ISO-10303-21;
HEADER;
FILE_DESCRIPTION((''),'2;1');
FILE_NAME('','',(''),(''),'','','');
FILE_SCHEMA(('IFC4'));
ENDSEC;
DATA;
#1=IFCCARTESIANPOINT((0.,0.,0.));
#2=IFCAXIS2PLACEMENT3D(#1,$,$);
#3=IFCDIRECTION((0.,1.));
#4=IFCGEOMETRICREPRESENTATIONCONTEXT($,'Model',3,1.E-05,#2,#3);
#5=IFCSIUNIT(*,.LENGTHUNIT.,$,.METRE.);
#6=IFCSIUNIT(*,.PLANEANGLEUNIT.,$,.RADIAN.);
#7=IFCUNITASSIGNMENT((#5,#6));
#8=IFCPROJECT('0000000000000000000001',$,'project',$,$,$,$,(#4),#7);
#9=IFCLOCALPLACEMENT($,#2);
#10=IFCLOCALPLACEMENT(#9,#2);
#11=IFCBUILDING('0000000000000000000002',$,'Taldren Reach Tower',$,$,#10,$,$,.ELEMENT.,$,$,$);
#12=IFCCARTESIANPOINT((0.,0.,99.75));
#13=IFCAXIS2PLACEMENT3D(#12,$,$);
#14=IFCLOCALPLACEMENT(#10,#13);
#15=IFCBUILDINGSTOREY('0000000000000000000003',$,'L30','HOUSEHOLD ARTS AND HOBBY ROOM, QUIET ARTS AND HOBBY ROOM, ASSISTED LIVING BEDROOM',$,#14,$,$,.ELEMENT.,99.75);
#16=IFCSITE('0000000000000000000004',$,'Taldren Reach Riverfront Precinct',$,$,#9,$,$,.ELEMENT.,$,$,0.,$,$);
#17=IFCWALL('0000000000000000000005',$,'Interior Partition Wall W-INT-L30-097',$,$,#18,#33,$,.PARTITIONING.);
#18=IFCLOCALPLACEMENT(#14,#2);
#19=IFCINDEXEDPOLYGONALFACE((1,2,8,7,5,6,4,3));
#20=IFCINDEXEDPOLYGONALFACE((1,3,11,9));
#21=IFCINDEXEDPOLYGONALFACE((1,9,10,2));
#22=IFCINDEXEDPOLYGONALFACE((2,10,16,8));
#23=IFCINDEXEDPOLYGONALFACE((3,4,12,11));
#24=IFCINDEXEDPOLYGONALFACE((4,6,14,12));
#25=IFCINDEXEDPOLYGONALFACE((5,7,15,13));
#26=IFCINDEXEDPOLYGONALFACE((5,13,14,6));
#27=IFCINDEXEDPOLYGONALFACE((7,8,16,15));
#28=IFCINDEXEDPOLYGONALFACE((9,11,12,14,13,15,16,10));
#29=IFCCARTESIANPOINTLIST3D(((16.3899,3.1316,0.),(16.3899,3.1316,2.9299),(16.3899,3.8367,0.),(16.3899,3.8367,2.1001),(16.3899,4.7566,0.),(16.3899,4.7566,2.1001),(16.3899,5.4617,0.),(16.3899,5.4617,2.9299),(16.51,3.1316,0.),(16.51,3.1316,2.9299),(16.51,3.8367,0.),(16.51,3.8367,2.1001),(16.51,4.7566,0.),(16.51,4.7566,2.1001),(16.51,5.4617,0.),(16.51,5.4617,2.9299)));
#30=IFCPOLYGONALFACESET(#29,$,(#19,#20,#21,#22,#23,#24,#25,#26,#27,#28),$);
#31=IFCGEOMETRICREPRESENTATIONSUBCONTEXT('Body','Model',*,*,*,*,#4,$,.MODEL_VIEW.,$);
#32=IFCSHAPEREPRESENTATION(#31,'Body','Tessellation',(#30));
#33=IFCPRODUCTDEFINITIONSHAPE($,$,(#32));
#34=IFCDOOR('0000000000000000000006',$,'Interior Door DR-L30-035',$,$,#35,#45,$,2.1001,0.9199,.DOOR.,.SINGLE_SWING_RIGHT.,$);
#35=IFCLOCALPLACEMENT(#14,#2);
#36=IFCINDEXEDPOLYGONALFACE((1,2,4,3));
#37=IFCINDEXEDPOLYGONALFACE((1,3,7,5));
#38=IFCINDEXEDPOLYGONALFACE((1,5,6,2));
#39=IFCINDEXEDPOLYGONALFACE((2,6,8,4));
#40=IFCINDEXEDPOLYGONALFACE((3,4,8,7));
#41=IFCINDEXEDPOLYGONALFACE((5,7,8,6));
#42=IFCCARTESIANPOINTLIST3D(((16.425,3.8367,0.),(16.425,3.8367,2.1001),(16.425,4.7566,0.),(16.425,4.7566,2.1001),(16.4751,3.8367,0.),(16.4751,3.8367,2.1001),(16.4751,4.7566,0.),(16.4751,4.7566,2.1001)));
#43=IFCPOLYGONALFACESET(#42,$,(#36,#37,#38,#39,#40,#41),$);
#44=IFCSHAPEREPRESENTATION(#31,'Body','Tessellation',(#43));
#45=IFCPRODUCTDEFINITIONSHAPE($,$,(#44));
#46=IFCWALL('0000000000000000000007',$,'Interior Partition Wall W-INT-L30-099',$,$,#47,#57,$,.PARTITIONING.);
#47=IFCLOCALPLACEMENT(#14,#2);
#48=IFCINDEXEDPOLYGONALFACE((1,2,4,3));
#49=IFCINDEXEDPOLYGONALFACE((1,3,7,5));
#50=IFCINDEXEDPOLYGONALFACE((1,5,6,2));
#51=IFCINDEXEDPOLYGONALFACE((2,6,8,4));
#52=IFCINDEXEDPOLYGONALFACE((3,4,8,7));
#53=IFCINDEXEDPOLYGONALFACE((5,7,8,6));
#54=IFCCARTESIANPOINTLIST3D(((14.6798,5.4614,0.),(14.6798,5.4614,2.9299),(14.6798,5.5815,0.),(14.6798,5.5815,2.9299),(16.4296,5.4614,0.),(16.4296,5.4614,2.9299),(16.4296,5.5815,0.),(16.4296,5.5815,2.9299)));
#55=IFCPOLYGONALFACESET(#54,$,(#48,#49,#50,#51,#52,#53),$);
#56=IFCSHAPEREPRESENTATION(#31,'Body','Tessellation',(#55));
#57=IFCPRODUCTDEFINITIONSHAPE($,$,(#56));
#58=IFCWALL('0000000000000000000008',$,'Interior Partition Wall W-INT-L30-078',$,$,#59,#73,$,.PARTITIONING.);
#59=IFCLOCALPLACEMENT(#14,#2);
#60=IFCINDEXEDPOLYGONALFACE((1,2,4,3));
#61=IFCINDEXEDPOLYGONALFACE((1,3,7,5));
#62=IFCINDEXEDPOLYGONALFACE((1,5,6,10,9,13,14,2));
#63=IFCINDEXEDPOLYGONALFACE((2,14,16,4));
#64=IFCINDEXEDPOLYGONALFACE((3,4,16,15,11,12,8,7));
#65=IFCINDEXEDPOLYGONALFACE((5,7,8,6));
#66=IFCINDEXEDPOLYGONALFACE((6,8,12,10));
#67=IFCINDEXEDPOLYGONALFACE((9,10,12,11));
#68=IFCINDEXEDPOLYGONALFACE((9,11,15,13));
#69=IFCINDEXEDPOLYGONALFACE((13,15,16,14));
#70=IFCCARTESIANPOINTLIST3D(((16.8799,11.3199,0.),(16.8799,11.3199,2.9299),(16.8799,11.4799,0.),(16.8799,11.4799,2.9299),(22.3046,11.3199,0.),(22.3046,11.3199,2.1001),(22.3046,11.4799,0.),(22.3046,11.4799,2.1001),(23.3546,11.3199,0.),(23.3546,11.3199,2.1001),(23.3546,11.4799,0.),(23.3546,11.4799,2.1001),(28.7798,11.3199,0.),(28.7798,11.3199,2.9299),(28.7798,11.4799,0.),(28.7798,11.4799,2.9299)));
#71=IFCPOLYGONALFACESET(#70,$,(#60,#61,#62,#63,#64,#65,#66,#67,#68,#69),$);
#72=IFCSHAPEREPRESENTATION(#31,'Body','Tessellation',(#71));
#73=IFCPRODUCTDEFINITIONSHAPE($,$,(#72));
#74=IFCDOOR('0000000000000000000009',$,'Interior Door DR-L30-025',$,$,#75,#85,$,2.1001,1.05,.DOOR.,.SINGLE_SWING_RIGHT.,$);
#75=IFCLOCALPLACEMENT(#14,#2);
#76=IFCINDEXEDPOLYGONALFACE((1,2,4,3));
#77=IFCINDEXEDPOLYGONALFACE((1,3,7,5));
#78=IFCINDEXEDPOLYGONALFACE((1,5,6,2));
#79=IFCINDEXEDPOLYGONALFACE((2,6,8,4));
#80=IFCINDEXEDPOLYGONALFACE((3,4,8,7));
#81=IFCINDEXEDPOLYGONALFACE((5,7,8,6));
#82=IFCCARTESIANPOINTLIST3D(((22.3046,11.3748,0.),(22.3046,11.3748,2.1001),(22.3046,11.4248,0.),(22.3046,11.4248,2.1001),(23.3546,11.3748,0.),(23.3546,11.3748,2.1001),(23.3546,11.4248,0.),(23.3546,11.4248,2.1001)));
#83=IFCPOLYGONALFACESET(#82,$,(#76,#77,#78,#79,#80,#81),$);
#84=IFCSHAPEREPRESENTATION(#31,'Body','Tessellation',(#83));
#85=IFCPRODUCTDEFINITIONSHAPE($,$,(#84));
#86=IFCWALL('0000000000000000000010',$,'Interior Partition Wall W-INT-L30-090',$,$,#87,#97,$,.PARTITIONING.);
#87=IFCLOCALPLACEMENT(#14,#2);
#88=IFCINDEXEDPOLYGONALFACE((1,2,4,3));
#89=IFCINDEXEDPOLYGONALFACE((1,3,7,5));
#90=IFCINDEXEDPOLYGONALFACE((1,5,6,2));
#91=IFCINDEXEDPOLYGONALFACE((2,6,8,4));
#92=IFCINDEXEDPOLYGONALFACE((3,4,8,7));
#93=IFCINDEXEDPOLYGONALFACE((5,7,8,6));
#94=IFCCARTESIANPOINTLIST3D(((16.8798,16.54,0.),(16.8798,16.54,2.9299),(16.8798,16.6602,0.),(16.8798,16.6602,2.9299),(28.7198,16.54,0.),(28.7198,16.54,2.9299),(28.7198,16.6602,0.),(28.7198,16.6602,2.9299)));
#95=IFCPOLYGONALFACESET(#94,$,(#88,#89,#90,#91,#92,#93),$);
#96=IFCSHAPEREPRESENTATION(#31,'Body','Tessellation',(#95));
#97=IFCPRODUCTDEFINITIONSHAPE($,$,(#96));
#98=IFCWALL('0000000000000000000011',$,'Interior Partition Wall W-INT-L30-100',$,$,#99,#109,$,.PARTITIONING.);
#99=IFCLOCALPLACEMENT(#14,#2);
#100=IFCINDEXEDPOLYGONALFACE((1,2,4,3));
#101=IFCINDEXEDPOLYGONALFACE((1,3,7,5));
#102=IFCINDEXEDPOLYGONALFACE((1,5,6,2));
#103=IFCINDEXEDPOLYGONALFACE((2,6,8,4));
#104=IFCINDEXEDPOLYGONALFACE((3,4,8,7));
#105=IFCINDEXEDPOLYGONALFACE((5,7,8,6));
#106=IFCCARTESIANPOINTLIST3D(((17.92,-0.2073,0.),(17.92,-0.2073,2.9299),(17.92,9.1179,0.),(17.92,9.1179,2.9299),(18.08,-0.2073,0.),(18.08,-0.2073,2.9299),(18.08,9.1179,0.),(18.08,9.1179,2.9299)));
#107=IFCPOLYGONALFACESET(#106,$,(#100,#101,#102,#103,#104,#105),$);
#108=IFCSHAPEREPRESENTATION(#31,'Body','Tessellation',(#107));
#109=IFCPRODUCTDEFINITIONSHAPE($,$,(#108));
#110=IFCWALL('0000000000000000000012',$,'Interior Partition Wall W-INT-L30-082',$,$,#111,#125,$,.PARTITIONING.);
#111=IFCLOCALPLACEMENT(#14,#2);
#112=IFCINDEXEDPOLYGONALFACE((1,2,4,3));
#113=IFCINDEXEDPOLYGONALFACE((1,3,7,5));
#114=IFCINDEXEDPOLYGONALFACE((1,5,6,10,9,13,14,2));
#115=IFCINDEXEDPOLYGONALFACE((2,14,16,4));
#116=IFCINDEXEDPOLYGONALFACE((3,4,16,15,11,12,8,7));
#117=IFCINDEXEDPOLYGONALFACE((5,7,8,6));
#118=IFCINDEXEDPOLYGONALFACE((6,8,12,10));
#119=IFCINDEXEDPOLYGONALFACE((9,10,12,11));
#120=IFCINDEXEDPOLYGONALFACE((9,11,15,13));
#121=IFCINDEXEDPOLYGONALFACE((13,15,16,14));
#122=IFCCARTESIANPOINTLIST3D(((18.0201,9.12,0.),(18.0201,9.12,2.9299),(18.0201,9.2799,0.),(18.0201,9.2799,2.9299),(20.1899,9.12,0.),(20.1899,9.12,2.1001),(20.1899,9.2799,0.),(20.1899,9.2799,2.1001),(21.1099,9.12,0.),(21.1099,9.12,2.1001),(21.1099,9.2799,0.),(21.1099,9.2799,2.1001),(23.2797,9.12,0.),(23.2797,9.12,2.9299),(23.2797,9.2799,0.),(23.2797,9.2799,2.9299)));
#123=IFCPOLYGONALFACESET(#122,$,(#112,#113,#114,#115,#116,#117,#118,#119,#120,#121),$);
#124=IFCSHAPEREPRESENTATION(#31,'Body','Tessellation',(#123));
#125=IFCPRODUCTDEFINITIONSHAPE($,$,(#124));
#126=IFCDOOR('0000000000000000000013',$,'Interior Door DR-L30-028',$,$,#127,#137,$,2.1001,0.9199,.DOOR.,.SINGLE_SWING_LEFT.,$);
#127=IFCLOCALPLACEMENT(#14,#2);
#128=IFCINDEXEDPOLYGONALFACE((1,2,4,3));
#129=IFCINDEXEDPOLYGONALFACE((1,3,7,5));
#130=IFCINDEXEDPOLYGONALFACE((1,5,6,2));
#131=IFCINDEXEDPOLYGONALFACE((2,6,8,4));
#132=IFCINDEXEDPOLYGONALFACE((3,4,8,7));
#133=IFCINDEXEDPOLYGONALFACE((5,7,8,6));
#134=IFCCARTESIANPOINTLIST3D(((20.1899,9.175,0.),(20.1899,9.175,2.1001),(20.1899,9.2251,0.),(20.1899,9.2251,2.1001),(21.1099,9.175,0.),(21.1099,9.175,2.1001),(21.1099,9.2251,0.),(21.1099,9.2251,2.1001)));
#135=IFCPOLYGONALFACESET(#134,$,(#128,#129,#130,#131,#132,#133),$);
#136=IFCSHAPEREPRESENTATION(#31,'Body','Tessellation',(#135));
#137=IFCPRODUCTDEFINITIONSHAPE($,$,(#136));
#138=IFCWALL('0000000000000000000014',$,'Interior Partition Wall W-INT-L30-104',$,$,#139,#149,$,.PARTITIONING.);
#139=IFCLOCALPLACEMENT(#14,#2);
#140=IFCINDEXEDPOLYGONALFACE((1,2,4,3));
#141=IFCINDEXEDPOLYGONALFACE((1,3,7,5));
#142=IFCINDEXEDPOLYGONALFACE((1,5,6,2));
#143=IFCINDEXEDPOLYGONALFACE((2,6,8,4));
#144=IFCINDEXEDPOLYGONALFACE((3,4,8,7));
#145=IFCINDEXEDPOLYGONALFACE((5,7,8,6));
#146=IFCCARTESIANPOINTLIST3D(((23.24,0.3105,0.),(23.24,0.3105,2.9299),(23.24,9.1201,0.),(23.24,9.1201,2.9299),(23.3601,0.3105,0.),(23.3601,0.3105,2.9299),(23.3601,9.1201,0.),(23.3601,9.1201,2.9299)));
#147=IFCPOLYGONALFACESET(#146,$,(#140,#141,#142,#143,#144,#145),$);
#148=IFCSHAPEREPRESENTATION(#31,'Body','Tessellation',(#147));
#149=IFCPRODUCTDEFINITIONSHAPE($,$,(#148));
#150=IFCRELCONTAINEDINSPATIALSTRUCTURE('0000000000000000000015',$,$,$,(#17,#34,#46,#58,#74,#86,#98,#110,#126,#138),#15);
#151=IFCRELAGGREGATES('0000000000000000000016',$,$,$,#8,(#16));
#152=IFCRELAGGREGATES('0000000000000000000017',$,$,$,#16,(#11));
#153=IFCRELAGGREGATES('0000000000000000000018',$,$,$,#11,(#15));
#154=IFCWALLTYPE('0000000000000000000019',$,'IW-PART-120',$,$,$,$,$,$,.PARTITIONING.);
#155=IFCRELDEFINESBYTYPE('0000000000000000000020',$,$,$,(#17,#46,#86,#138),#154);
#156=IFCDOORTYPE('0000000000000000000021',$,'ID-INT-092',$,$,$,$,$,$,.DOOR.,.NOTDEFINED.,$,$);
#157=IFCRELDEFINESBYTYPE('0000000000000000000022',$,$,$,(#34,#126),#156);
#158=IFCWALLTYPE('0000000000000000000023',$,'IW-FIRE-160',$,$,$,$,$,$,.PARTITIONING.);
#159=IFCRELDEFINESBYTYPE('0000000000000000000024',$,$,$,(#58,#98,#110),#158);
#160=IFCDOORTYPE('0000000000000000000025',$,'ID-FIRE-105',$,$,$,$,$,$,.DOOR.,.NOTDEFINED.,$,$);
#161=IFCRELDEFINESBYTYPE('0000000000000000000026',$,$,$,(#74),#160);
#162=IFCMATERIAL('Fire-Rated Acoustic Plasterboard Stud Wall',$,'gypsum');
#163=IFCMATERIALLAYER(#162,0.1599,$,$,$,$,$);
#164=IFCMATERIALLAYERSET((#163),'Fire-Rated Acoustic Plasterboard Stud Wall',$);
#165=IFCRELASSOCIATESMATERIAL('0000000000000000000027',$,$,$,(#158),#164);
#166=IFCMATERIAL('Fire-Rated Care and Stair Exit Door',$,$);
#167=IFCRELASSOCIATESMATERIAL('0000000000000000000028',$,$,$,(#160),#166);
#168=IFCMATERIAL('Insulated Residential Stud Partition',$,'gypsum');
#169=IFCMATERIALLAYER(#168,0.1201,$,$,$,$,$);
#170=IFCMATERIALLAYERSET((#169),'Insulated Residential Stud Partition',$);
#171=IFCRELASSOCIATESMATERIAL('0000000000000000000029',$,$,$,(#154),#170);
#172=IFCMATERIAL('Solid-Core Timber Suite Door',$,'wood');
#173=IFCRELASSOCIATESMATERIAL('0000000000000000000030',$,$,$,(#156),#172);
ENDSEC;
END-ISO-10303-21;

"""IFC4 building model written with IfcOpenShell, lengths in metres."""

from ifc_helpers import new_model, si_unit, direction, frame, frame_2d, origin, place, context, subcontext, project, spatial, rectangle, extrude, source, transform, mapped, material, layer, layer_set, type_object, element, fill, save


model = new_model("IFC4")

# Units and contexts
model_context = context("Model", 3, precision=1e-05, world=origin(), true_north=direction((0.0, 1.0)))
body_context = subcontext(model_context, "Body", "Model", "MODEL_VIEW")
ifc_project = project(units=[si_unit("LENGTHUNIT", "METRE"), si_unit("PLANEANGLEUNIT", "RADIAN")], contexts=[model_context])

# Site, building, storey
site_placement = place(None, origin())
site = spatial("IfcSite", under=ifc_project, at=site_placement, Name="Taldren Reach Riverfront Precinct", CompositionType="ELEMENT", RefElevation=0.0)
building_placement = place(site_placement, origin())
building = spatial("IfcBuilding", under=site, at=building_placement, Name="Taldren Reach Tower", CompositionType="ELEMENT")
storey_placement = place(building_placement, frame((0.0, 0.0, 99.75)))
storey = spatial("IfcBuildingStorey", under=building, at=storey_placement, Name="L30", Description="HOUSEHOLD ARTS AND HOBBY ROOM, QUIET ARTS AND HOBBY ROOM, ASSISTED LIVING BEDROOM", CompositionType="ELEMENT", Elevation=99.75)

# Shared definitions
ifc_material_1 = material(Name="Fire-Rated Acoustic Plasterboard Stud Wall", Category="gypsum")
ifc_layer_1 = layer(ifc_material_1, 0.1599)
ifc_layer_set_1 = layer_set([ifc_layer_1], Name="Fire-Rated Acoustic Plasterboard Stud Wall")
wall_type_1 = type_object("IfcWallType", Name="IW-FIRE-160", PredefinedType="PARTITIONING", material=ifc_layer_set_1)
shared_shape_1 = source(origin(), body_context, "Body", "SweptSolid", [
    extrude(rectangle(XDim=1.05, YDim=2.1001, at=frame_2d((0.5249, 1.05))), frame((0.0, 0.0898, 0.0), z_axis=(0.0, -1.0, 0.0), x_axis=(1.0, 0.0, 0.0)), (0.0, 0.0, 1.0), 0.1799),
])
ifc_material_2 = material(Name="Fire-Rated Care and Stair Exit Door")
door_type_1 = type_object("IfcDoorType", Name="ID-FIRE-105", OperationType="NOTDEFINED", PredefinedType="DOOR", material=ifc_material_2)
shared_shape_2 = source(origin(), body_context, "Body", "SweptSolid", [
    extrude(rectangle(XDim=1.05, YDim=2.1001, at=frame_2d((0.5249, 1.05))), frame((0.0, 0.0249, 0.0), z_axis=(0.0, -1.0, 0.0), x_axis=(1.0, 0.0, 0.0)), (0.0, 0.0, 1.0), 0.05),
])

# Wall, opening, door
ifc_material_3 = material(Name="Insulated Residential Stud Partition", Category="gypsum")
ifc_layer_2 = layer(ifc_material_3, 0.1201)
ifc_layer_set_2 = layer_set([ifc_layer_2], Name="Insulated Residential Stud Partition")
wall_type_2 = type_object("IfcWallType", Name="IW-PART-120", PredefinedType="PARTITIONING", material=ifc_layer_set_2)
shared_shape_3 = source(origin(), body_context, "Body", "SweptSolid", [
    extrude(rectangle(XDim=2.3301, YDim=0.1201, at=frame_2d((1.165, 0.0))), origin(), (0.0, 0.0, 1.0), 2.9299),
])
wall_1_placement = place(storey_placement, frame((16.45, 3.1316, 0.0), z_axis=(0.0, 0.0, 1.0), x_axis=(0.0, 1.0, 0.0)))
wall_1 = element("IfcWall", 1, at=wall_1_placement, inside=storey, type_object=wall_type_2, Name="Interior Partition Wall W-INT-L30-097", PredefinedType="PARTITIONING", context=body_context, shape_type="MappedRepresentation", body=[
    mapped(shared_shape_3, transform((0.0, 0.0, 0.0), scale=1.0)),
])
shared_shape_4 = source(origin(), body_context, "Body", "SweptSolid", [
    extrude(rectangle(XDim=0.9199, YDim=2.1001, at=frame_2d((0.46, 1.05))), frame((0.0, 0.0701, 0.0), z_axis=(0.0, -1.0, 0.0), x_axis=(1.0, 0.0, 0.0)), (0.0, 0.0, 1.0), 0.1401),
])
opening_1_placement = place(wall_1_placement, frame((0.7051, 0.0, 0.0)))
opening_1 = element("IfcOpeningElement", 2, at=opening_1_placement, cuts=wall_1, PredefinedType="OPENING", context=body_context, shape_type="MappedRepresentation", body=[
    mapped(shared_shape_4, transform((0.0, 0.0, 0.0), scale=1.0)),
])
ifc_material_4 = material(Name="Solid-Core Timber Suite Door", Category="wood")
door_type_2 = type_object("IfcDoorType", Name="ID-INT-092", OperationType="NOTDEFINED", PredefinedType="DOOR", material=ifc_material_4)
shared_shape_5 = source(origin(), body_context, "Body", "SweptSolid", [
    extrude(rectangle(XDim=0.9199, YDim=2.1001, at=frame_2d((0.46, 1.05))), frame((0.0, 0.0249, 0.0), z_axis=(0.0, -1.0, 0.0), x_axis=(1.0, 0.0, 0.0)), (0.0, 0.0, 1.0), 0.05),
])
door_1_placement = place(opening_1_placement, origin())
door_1 = element("IfcDoor", 3, at=door_1_placement, inside=storey, type_object=door_type_2, Name="Interior Door DR-L30-035", OperationType="SINGLE_SWING_RIGHT", OverallHeight=2.1001, OverallWidth=0.9199, PredefinedType="DOOR", context=body_context, shape_type="MappedRepresentation", body=[
    mapped(shared_shape_5, transform((0.0, 0.0, 0.0), scale=1.0)),
])
fill(opening_1, door_1)

# Wall
shared_shape_6 = source(origin(), body_context, "Body", "SweptSolid", [
    extrude(rectangle(XDim=1.7498, YDim=0.1201, at=frame_2d((0.875, 0.0))), origin(), (0.0, 0.0, 1.0), 2.9299),
])
wall_2_placement = place(storey_placement, frame((16.4297, 5.5215, 0.0), z_axis=(0.0, 0.0, 1.0), x_axis=(-1.0, 0.0, 0.0)))
element("IfcWall", 4, at=wall_2_placement, inside=storey, type_object=wall_type_2, Name="Interior Partition Wall W-INT-L30-099", PredefinedType="PARTITIONING", context=body_context, shape_type="MappedRepresentation", body=[
    mapped(shared_shape_6, transform((0.0, 0.0, 0.0), scale=1.0)),
])

# Wall, opening, door
shared_shape_7 = source(origin(), body_context, "Body", "SweptSolid", [
    extrude(rectangle(XDim=11.8999, YDim=0.1599, at=frame_2d((5.95, 0.0))), origin(), (0.0, 0.0, 1.0), 2.9299),
])
wall_3_placement = place(storey_placement, frame((16.8799, 11.3999, 0.0), z_axis=(0.0, 0.0, 1.0), x_axis=(1.0, 0.0, 0.0)))
wall_3 = element("IfcWall", 5, at=wall_3_placement, inside=storey, type_object=wall_type_1, Name="Interior Partition Wall W-INT-L30-078", PredefinedType="PARTITIONING", context=body_context, shape_type="MappedRepresentation", body=[
    mapped(shared_shape_7, transform((0.0, 0.0, 0.0), scale=1.0)),
])
opening_2_placement = place(wall_3_placement, frame((5.4248, 0.0, 0.0)))
opening_2 = element("IfcOpeningElement", 6, at=opening_2_placement, cuts=wall_3, PredefinedType="OPENING", context=body_context, shape_type="MappedRepresentation", body=[
    mapped(shared_shape_1, transform((0.0, 0.0, 0.0), scale=1.0)),
])
door_2_placement = place(opening_2_placement, origin())
door_2 = element("IfcDoor", 7, at=door_2_placement, inside=storey, type_object=door_type_1, Name="Interior Door DR-L30-025", OperationType="SINGLE_SWING_RIGHT", OverallHeight=2.1001, OverallWidth=1.05, PredefinedType="DOOR", context=body_context, shape_type="MappedRepresentation", body=[
    mapped(shared_shape_2, transform((0.0, 0.0, 0.0), scale=1.0)),
])
fill(opening_2, door_2)

# Walls
shared_shape_8 = source(origin(), body_context, "Body", "SweptSolid", [
    extrude(rectangle(XDim=11.8401, YDim=0.1201, at=frame_2d((5.9199, 0.0))), origin(), (0.0, 0.0, 1.0), 2.9299),
])
wall_4_placement = place(storey_placement, frame((16.8799, 16.6001, 0.0), z_axis=(0.0, 0.0, 1.0), x_axis=(1.0, 0.0, 0.0)))
element("IfcWall", 8, at=wall_4_placement, inside=storey, type_object=wall_type_2, Name="Interior Partition Wall W-INT-L30-090", PredefinedType="PARTITIONING", context=body_context, shape_type="MappedRepresentation", body=[
    mapped(shared_shape_8, transform((0.0, 0.0, 0.0), scale=1.0)),
])
shared_shape_9 = source(origin(), body_context, "Body", "SweptSolid", [
    extrude(rectangle(XDim=9.3252, YDim=0.1599, at=frame_2d((4.6626, 0.0))), origin(), (0.0, 0.0, 1.0), 2.9299),
])
wall_5_placement = place(storey_placement, frame((18.0, 9.1179, 0.0), z_axis=(0.0, 0.0, 1.0), x_axis=(0.0, -1.0, 0.0)))
element("IfcWall", 9, at=wall_5_placement, inside=storey, type_object=wall_type_1, Name="Interior Partition Wall W-INT-L30-100", PredefinedType="PARTITIONING", context=body_context, shape_type="MappedRepresentation", body=[
    mapped(shared_shape_9, transform((0.0, 0.0, 0.0), scale=1.0)),
])

# Wall, opening, door
shared_shape_10 = source(origin(), body_context, "Body", "SweptSolid", [
    extrude(rectangle(XDim=5.2595, YDim=0.1599, at=frame_2d((2.6299, 0.0))), origin(), (0.0, 0.0, 1.0), 2.9299),
])
wall_6_placement = place(storey_placement, frame((23.2798, 9.2, 0.0), z_axis=(0.0, 0.0, 1.0), x_axis=(-1.0, 0.0, 0.0)))
wall_6 = element("IfcWall", 10, at=wall_6_placement, inside=storey, type_object=wall_type_1, Name="Interior Partition Wall W-INT-L30-082", PredefinedType="PARTITIONING", context=body_context, shape_type="MappedRepresentation", body=[
    mapped(shared_shape_10, transform((0.0, 0.0, 0.0), scale=1.0)),
])
shared_shape_11 = source(origin(), body_context, "Body", "SweptSolid", [
    extrude(rectangle(XDim=0.9199, YDim=2.1001, at=frame_2d((0.46, 1.05))), frame((0.0, 0.0898, 0.0), z_axis=(0.0, -1.0, 0.0), x_axis=(1.0, 0.0, 0.0)), (0.0, 0.0, 1.0), 0.1799),
])
opening_3_placement = place(wall_6_placement, frame((2.1699, 0.0, 0.0)))
opening_3 = element("IfcOpeningElement", 11, at=opening_3_placement, cuts=wall_6, PredefinedType="OPENING", context=body_context, shape_type="MappedRepresentation", body=[
    mapped(shared_shape_11, transform((0.0, 0.0, 0.0), scale=1.0)),
])
door_3_placement = place(opening_3_placement, origin())
door_3 = element("IfcDoor", 12, at=door_3_placement, inside=storey, type_object=door_type_2, Name="Interior Door DR-L30-028", OperationType="SINGLE_SWING_LEFT", OverallHeight=2.1001, OverallWidth=0.9199, PredefinedType="DOOR", context=body_context, shape_type="MappedRepresentation", body=[
    mapped(shared_shape_5, transform((0.0, 0.0, 0.0), scale=1.0)),
])
fill(opening_3, door_3)

# Wall
shared_shape_12 = source(origin(), body_context, "Body", "SweptSolid", [
    extrude(rectangle(XDim=8.8096, YDim=0.1201, at=frame_2d((4.4048, 0.0))), origin(), (0.0, 0.0, 1.0), 2.9299),
])
wall_7_placement = place(storey_placement, frame((23.3, 9.1201, 0.0), z_axis=(0.0, 0.0, 1.0), x_axis=(0.0, -1.0, 0.0)))
element("IfcWall", 13, at=wall_7_placement, inside=storey, type_object=wall_type_2, Name="Interior Partition Wall W-INT-L30-104", PredefinedType="PARTITIONING", context=body_context, shape_type="MappedRepresentation", body=[
    mapped(shared_shape_12, transform((0.0, 0.0, 0.0), scale=1.0)),
])

save(model, "model.ifc")
